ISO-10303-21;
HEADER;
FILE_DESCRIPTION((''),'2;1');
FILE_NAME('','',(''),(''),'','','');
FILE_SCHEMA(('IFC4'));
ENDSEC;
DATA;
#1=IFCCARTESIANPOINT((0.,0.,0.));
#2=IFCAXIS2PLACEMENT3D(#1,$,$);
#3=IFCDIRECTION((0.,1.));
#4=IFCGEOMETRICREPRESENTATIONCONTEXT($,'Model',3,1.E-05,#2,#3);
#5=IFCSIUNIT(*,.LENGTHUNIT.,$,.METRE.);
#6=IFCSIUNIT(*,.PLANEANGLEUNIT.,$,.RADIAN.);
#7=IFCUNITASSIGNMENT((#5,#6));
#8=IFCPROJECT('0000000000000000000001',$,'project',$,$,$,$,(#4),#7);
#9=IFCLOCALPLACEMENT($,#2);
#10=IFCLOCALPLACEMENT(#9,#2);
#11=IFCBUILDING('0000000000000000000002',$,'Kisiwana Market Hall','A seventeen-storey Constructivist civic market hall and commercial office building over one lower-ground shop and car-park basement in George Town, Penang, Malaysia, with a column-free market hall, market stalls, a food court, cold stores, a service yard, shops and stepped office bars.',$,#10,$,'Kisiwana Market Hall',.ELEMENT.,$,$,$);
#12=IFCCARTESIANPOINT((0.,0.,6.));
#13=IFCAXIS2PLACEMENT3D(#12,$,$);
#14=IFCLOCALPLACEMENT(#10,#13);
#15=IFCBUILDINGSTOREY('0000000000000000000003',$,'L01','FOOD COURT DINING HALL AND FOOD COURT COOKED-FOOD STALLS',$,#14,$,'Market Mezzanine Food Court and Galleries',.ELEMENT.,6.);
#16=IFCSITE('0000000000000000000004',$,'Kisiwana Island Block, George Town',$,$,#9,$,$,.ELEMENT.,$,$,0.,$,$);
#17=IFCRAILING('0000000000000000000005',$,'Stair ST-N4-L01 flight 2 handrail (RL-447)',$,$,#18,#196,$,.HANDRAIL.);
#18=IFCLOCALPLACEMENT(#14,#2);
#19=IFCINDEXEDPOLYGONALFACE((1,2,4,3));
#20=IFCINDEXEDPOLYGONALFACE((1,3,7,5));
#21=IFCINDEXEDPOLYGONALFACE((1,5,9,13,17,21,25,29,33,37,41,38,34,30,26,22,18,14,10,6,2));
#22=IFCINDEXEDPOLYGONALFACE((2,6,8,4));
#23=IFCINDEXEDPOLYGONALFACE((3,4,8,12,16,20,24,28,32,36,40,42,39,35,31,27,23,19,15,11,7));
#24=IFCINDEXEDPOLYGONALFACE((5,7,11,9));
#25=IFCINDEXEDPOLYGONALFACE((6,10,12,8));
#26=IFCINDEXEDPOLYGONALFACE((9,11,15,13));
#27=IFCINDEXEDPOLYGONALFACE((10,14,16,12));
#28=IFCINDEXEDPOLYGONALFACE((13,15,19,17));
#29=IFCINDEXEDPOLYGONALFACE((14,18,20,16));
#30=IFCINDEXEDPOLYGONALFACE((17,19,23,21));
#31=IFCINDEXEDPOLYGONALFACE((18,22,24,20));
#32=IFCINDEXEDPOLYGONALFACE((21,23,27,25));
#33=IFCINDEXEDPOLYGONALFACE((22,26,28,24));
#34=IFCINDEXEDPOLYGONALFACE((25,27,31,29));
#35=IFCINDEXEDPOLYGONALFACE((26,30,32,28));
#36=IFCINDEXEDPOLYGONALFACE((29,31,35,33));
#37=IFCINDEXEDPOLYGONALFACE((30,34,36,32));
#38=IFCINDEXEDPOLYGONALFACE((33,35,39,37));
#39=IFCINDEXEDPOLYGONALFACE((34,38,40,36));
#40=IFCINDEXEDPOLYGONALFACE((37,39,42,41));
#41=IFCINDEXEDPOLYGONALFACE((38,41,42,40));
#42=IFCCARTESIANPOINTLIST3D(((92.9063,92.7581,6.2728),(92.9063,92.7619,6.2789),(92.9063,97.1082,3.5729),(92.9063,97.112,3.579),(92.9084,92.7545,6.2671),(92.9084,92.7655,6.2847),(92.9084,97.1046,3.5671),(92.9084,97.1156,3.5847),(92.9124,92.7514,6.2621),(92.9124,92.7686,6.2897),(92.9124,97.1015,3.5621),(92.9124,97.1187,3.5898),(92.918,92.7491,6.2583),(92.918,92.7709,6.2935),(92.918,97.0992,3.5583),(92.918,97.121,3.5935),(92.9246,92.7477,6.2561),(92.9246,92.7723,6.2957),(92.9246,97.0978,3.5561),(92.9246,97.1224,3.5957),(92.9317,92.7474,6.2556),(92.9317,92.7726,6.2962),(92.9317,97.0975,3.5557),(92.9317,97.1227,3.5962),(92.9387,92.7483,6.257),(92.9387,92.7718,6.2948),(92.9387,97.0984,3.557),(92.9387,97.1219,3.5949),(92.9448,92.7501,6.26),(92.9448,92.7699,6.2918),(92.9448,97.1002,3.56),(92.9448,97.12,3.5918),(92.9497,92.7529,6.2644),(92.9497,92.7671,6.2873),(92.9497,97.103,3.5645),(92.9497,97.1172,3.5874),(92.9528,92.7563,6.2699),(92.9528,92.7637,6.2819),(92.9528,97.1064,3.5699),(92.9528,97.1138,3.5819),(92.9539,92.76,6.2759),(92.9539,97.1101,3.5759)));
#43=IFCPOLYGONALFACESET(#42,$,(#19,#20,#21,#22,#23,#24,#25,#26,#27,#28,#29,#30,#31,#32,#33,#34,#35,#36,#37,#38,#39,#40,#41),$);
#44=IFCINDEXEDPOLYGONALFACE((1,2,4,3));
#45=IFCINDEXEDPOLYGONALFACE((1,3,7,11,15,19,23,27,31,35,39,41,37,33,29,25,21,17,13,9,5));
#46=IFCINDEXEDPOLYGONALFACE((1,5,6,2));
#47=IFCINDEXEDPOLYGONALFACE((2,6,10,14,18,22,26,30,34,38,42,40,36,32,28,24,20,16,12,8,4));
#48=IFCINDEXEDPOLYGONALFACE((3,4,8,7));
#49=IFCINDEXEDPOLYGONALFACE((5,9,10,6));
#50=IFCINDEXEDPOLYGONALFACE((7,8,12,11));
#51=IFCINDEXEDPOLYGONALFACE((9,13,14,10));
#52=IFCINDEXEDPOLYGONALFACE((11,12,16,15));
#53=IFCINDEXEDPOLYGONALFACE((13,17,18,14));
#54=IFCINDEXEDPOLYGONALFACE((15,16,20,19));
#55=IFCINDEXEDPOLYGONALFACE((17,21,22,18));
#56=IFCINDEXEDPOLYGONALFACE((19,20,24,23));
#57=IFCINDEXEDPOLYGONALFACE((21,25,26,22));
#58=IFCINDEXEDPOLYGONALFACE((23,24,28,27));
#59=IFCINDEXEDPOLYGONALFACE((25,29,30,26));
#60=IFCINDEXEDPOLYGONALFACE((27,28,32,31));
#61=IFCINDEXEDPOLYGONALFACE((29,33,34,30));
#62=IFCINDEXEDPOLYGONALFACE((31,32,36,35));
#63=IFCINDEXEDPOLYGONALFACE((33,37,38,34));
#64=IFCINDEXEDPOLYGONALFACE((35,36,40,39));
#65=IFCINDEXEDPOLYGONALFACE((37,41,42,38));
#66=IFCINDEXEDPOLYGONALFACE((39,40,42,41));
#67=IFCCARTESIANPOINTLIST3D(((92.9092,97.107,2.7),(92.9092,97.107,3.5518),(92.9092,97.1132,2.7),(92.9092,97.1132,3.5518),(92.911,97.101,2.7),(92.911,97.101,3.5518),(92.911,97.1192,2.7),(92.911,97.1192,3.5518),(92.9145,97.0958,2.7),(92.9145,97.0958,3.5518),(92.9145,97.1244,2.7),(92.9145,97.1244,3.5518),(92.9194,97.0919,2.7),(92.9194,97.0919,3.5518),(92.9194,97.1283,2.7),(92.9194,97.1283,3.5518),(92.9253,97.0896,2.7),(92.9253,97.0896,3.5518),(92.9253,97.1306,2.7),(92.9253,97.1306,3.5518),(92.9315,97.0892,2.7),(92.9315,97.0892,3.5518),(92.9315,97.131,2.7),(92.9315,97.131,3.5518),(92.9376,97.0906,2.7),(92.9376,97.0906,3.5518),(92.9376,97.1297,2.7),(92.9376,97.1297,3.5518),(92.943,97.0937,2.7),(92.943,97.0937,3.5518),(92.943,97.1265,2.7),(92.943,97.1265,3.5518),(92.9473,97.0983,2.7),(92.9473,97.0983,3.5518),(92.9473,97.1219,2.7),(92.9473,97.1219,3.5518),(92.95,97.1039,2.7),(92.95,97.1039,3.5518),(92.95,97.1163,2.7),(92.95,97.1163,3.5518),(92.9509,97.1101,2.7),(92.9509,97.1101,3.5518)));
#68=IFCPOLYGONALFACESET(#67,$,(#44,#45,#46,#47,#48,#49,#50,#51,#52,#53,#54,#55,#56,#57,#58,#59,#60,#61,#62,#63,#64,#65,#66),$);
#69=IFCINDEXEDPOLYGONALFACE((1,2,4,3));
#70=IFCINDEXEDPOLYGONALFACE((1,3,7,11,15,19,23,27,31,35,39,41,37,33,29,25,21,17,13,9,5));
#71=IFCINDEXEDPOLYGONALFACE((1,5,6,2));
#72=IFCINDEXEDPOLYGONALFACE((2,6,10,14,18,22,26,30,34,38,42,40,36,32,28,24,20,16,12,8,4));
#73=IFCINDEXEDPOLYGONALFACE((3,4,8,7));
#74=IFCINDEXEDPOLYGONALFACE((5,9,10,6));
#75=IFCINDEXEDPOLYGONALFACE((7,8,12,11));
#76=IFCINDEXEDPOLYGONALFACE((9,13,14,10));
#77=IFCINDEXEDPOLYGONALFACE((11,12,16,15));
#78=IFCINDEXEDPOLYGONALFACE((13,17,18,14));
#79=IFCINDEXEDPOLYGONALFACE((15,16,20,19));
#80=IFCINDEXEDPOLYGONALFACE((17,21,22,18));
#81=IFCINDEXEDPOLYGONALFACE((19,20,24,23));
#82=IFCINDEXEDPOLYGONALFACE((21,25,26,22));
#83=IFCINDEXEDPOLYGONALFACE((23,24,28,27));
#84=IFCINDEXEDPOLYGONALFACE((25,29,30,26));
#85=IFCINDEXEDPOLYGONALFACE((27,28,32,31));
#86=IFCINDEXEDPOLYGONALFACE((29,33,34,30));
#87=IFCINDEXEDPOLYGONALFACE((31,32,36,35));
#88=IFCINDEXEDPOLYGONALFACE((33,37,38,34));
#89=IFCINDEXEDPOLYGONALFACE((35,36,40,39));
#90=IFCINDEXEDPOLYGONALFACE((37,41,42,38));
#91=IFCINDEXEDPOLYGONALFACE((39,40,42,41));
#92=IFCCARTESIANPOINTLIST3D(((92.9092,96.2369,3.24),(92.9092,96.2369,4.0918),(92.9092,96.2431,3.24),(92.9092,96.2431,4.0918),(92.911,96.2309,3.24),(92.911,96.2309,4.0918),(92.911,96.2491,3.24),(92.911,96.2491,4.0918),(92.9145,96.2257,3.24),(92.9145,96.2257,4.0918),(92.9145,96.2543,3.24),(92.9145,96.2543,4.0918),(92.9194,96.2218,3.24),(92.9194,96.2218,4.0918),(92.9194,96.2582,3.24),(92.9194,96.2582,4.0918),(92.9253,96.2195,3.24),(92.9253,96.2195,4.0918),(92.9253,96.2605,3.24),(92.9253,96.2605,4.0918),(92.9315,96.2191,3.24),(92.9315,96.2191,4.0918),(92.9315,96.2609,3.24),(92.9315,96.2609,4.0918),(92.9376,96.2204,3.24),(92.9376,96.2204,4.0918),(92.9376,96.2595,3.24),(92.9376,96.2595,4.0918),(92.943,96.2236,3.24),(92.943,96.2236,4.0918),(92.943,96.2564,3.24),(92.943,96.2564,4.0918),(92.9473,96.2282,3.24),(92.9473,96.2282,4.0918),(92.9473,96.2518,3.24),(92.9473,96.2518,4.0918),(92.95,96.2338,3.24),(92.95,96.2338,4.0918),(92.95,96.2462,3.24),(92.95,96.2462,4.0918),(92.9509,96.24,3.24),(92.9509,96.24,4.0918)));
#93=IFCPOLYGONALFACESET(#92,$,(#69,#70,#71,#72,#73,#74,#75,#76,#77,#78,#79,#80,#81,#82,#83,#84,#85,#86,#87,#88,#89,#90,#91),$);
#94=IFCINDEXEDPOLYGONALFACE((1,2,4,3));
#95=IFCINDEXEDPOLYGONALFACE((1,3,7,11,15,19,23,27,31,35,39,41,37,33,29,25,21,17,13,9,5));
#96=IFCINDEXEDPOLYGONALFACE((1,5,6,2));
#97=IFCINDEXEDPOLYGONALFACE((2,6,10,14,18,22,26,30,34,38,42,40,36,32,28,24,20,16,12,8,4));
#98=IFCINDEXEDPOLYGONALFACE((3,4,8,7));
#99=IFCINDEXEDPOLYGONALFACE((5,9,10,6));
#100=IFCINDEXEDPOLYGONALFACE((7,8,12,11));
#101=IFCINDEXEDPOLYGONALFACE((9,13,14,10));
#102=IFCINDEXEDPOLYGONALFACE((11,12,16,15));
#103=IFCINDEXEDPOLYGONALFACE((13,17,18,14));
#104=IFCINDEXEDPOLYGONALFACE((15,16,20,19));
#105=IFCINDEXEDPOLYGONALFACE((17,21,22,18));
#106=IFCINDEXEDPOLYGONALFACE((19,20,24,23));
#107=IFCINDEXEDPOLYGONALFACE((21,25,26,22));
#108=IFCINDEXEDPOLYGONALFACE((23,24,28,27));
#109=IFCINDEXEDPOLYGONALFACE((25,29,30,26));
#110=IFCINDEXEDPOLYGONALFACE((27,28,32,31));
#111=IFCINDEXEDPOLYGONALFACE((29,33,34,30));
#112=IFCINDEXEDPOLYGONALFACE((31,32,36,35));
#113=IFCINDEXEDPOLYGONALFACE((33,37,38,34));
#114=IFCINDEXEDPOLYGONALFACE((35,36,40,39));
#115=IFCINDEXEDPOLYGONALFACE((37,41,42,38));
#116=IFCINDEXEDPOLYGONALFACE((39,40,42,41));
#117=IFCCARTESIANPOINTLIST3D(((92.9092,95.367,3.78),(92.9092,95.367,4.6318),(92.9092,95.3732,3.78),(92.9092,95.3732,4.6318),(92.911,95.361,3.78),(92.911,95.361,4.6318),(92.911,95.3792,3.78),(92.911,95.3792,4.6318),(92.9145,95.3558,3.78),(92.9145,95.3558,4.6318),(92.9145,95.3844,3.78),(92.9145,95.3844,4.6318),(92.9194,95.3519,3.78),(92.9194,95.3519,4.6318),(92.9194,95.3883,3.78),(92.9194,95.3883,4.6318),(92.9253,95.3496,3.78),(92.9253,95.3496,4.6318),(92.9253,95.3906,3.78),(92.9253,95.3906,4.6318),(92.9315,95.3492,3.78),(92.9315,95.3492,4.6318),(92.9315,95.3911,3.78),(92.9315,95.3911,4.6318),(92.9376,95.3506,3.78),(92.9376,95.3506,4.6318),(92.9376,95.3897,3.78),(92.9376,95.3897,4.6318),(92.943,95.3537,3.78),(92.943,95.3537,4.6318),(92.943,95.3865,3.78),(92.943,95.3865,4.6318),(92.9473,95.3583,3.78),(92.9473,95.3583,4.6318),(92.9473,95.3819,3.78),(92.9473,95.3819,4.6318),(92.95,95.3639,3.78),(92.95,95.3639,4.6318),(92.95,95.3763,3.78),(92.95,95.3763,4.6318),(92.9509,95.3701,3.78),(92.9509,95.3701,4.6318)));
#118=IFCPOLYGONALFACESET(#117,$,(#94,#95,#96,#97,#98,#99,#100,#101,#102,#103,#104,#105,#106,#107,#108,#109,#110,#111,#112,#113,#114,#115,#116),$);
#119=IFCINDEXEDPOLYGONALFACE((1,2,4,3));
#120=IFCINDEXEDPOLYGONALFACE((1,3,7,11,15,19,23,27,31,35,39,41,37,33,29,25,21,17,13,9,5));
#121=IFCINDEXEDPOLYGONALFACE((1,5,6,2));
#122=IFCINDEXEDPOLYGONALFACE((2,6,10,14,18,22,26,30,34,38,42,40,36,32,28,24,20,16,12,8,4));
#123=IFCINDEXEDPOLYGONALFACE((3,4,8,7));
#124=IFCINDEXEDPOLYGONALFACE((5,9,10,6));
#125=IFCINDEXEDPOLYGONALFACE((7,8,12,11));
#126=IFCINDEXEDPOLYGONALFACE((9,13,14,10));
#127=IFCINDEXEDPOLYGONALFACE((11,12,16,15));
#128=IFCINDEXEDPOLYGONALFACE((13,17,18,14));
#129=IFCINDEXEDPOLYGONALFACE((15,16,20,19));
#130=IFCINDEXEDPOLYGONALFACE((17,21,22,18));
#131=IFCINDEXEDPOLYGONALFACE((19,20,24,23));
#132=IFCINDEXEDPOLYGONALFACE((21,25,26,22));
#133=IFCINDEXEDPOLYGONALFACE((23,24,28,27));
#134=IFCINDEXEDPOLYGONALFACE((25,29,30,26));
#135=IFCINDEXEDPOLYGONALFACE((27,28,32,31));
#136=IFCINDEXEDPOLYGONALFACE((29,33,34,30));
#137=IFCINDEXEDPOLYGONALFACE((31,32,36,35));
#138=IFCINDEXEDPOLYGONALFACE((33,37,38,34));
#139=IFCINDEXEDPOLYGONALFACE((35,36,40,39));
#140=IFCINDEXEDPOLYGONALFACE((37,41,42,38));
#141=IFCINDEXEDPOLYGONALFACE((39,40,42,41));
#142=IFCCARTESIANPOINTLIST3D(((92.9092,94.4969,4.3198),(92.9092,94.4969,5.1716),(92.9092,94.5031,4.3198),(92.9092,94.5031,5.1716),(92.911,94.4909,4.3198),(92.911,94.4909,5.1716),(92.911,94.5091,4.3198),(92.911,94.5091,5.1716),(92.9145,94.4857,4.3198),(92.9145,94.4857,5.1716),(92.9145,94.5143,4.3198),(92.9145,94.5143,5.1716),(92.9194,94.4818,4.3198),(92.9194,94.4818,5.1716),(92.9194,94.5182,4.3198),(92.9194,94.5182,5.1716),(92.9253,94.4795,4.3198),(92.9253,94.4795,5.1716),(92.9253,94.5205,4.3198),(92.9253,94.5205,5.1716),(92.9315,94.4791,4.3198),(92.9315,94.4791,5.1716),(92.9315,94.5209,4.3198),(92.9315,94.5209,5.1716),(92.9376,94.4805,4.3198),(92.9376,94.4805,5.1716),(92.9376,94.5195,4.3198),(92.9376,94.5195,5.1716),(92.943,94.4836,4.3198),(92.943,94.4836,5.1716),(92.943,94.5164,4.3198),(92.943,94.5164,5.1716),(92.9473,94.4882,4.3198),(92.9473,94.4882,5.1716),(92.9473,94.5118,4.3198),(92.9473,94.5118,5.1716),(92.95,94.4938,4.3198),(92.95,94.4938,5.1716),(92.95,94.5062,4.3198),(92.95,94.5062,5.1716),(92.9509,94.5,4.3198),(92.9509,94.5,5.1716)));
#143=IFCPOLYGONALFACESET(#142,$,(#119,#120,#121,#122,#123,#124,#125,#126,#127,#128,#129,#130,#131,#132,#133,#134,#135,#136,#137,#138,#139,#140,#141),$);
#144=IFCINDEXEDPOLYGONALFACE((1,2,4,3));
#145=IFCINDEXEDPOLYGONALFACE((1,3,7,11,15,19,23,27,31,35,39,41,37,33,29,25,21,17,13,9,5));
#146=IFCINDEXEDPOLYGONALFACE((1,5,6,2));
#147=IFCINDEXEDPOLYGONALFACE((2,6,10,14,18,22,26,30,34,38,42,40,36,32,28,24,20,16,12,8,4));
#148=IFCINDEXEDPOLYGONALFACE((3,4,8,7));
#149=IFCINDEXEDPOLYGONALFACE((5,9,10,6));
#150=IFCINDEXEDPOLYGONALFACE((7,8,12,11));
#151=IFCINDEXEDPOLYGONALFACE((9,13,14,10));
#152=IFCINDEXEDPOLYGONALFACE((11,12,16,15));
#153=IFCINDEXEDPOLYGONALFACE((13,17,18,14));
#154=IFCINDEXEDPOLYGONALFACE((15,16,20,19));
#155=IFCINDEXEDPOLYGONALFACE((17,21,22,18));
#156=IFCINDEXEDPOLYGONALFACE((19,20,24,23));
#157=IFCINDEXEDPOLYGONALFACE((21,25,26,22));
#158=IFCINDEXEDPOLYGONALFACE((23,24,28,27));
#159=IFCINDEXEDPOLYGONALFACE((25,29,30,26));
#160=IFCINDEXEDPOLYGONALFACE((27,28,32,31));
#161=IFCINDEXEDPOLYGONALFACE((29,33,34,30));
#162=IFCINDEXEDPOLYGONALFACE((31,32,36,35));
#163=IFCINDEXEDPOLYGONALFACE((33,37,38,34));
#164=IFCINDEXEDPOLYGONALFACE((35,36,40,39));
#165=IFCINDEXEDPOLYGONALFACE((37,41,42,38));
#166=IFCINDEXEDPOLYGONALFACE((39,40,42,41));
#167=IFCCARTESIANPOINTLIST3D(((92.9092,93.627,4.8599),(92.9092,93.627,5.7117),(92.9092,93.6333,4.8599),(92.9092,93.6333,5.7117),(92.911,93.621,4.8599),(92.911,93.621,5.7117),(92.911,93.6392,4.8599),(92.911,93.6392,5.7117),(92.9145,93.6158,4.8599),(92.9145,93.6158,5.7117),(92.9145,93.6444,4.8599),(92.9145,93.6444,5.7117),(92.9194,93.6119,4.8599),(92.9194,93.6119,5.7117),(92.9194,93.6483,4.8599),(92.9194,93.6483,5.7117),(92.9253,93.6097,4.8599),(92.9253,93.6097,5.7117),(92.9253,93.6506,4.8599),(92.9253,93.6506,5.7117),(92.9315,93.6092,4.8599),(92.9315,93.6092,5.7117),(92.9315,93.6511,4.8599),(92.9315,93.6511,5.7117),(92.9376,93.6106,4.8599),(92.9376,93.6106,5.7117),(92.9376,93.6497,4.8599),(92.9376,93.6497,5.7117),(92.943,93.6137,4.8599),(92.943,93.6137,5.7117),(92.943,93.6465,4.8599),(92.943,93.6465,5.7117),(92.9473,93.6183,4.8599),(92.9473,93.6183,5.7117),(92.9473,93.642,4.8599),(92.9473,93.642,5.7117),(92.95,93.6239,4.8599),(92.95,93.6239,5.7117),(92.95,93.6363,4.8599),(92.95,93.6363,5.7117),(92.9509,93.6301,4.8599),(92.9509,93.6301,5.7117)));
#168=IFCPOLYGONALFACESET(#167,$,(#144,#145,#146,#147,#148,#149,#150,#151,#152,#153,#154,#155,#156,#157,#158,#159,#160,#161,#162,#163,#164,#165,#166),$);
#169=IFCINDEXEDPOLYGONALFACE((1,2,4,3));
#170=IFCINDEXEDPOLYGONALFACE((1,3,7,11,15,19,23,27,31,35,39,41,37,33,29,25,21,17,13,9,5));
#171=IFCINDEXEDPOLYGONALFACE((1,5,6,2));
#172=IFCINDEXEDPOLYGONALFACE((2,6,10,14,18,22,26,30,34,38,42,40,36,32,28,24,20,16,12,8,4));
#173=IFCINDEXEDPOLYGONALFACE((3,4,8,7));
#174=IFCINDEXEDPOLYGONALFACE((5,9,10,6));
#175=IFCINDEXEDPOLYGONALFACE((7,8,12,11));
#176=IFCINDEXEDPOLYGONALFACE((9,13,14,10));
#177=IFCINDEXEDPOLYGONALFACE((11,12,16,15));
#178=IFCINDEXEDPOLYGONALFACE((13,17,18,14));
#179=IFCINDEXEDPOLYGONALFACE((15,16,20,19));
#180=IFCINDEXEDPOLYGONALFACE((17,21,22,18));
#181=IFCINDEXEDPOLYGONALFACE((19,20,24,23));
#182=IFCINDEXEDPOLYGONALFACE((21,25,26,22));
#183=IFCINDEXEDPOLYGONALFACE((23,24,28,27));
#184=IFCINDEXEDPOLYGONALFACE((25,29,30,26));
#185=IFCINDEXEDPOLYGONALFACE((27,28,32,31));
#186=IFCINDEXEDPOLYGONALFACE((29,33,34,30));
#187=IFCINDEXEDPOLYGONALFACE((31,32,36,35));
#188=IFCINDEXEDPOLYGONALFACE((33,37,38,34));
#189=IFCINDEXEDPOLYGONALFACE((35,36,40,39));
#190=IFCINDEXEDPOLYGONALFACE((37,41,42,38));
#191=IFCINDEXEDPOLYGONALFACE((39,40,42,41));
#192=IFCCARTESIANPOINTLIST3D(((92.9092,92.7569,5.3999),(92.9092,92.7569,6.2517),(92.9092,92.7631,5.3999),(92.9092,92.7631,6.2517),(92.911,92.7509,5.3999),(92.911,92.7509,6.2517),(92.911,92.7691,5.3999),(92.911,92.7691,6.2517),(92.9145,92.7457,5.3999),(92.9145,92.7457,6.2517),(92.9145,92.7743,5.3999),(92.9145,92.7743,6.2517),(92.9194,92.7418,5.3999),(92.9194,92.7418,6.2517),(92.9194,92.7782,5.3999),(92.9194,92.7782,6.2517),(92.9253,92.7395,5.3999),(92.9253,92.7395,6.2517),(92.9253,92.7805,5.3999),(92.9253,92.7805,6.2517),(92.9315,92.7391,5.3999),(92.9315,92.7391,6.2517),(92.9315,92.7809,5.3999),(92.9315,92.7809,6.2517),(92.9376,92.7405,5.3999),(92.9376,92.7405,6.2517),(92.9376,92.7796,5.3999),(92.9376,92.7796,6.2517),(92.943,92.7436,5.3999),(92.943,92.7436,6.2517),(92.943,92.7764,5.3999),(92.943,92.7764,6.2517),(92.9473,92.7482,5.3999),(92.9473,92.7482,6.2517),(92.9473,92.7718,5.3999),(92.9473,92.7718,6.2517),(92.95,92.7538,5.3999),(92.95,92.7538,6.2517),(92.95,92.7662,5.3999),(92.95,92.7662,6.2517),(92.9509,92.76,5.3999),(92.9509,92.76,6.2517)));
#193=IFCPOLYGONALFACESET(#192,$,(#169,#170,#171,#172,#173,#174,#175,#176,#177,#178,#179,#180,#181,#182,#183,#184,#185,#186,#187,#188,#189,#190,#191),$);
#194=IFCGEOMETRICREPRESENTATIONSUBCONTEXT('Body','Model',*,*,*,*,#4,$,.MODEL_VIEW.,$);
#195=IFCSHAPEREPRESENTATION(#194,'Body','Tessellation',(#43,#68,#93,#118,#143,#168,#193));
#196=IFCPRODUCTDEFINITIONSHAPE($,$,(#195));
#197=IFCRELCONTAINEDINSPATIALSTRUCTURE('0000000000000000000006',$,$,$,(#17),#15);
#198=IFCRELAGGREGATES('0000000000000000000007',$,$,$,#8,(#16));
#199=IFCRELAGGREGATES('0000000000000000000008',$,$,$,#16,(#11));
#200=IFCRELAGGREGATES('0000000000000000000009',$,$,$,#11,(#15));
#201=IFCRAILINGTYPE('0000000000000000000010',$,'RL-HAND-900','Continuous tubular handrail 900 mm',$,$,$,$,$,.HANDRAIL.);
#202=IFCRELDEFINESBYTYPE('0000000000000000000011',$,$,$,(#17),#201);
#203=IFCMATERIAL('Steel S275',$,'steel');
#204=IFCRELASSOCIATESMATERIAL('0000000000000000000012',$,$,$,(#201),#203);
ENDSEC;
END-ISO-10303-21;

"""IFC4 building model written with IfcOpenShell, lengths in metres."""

from ifc_helpers import new_model, si_unit, direction, frame, origin, origin_2d, place, context, subcontext, project, spatial, circle, extrude, material, type_object, element, save


model = new_model("IFC4")

# Units and contexts
model_context = context("Model", 3, precision=1e-05, world=origin(), true_north=direction((0.0, 1.0)))
body_context = subcontext(model_context, "Body", "Model", "MODEL_VIEW")
ifc_project = project(units=[si_unit("LENGTHUNIT", "METRE"), si_unit("PLANEANGLEUNIT", "RADIAN")], contexts=[model_context])

# Site, building, storey
site_placement = place(None, origin())
site = spatial("IfcSite", under=ifc_project, at=site_placement, Name="Kisiwana Island Block, George Town", CompositionType="ELEMENT", RefElevation=0.0)
building_placement = place(site_placement, origin())
building = spatial("IfcBuilding", under=site, at=building_placement, Name="Kisiwana Market Hall", Description="A seventeen-storey Constructivist civic market hall and commercial office building over one lower-ground shop and car-park basement in George Town, Penang, Malaysia, with a column-free market hall, market stalls, a food court, cold stores, a service yard, shops and stepped office bars.", LongName="Kisiwana Market Hall", CompositionType="ELEMENT")
storey_placement = place(building_placement, frame((0.0, 0.0, 6.0)))
storey = spatial("IfcBuildingStorey", under=building, at=storey_placement, Name="L01", Description="FOOD COURT DINING HALL AND FOOD COURT COOKED-FOOD STALLS", LongName="Market Mezzanine Food Court and Galleries", CompositionType="ELEMENT", Elevation=6.0)

# Railing
ifc_material_1 = material(Name="Steel S275", Category="steel")
railing_type_1 = type_object("IfcRailingType", Name="RL-HAND-900", Description="Continuous tubular handrail 900 mm", PredefinedType="HANDRAIL", material=ifc_material_1)
railing_1_placement = place(storey_placement, frame((92.9299, 97.1101, 2.7)))
element("IfcRailing", 1, at=railing_1_placement, inside=storey, type_object=railing_type_1, Name="Stair ST-N4-L01 flight 2 handrail (RL-447)", PredefinedType="HANDRAIL", context=body_context, shape_type="SweptSolid", body=[
    extrude(circle(Radius=0.0239, at=origin_2d()), frame((0.0, 0.0, 0.876), z_axis=(0.0, -0.84965, 0.527347), x_axis=(1.0, 0.0, 0.0)), (0.0, 0.0, 1.0), 5.1199),
    extrude(circle(Radius=0.021, at=origin_2d()), origin(), (0.0, 0.0, 1.0), 0.8518),
    extrude(circle(Radius=0.021, at=origin_2d()), frame((0.0, -0.8701, 0.54)), (0.0, 0.0, 1.0), 0.8518),
    extrude(circle(Radius=0.021, at=origin_2d()), frame((0.0, -1.74, 1.0801)), (0.0, 0.0, 1.0), 0.8518),
    extrude(circle(Radius=0.021, at=origin_2d()), frame((0.0, -2.6101, 1.6199)), (0.0, 0.0, 1.0), 0.8518),
    extrude(circle(Radius=0.021, at=origin_2d()), frame((0.0, -3.48, 2.1599)), (0.0, 0.0, 1.0), 0.8518),
    extrude(circle(Radius=0.021, at=origin_2d()), frame((0.0, -4.3501, 2.7)), (0.0, 0.0, 1.0), 0.8518),
])

save(model, "model.ifc")
